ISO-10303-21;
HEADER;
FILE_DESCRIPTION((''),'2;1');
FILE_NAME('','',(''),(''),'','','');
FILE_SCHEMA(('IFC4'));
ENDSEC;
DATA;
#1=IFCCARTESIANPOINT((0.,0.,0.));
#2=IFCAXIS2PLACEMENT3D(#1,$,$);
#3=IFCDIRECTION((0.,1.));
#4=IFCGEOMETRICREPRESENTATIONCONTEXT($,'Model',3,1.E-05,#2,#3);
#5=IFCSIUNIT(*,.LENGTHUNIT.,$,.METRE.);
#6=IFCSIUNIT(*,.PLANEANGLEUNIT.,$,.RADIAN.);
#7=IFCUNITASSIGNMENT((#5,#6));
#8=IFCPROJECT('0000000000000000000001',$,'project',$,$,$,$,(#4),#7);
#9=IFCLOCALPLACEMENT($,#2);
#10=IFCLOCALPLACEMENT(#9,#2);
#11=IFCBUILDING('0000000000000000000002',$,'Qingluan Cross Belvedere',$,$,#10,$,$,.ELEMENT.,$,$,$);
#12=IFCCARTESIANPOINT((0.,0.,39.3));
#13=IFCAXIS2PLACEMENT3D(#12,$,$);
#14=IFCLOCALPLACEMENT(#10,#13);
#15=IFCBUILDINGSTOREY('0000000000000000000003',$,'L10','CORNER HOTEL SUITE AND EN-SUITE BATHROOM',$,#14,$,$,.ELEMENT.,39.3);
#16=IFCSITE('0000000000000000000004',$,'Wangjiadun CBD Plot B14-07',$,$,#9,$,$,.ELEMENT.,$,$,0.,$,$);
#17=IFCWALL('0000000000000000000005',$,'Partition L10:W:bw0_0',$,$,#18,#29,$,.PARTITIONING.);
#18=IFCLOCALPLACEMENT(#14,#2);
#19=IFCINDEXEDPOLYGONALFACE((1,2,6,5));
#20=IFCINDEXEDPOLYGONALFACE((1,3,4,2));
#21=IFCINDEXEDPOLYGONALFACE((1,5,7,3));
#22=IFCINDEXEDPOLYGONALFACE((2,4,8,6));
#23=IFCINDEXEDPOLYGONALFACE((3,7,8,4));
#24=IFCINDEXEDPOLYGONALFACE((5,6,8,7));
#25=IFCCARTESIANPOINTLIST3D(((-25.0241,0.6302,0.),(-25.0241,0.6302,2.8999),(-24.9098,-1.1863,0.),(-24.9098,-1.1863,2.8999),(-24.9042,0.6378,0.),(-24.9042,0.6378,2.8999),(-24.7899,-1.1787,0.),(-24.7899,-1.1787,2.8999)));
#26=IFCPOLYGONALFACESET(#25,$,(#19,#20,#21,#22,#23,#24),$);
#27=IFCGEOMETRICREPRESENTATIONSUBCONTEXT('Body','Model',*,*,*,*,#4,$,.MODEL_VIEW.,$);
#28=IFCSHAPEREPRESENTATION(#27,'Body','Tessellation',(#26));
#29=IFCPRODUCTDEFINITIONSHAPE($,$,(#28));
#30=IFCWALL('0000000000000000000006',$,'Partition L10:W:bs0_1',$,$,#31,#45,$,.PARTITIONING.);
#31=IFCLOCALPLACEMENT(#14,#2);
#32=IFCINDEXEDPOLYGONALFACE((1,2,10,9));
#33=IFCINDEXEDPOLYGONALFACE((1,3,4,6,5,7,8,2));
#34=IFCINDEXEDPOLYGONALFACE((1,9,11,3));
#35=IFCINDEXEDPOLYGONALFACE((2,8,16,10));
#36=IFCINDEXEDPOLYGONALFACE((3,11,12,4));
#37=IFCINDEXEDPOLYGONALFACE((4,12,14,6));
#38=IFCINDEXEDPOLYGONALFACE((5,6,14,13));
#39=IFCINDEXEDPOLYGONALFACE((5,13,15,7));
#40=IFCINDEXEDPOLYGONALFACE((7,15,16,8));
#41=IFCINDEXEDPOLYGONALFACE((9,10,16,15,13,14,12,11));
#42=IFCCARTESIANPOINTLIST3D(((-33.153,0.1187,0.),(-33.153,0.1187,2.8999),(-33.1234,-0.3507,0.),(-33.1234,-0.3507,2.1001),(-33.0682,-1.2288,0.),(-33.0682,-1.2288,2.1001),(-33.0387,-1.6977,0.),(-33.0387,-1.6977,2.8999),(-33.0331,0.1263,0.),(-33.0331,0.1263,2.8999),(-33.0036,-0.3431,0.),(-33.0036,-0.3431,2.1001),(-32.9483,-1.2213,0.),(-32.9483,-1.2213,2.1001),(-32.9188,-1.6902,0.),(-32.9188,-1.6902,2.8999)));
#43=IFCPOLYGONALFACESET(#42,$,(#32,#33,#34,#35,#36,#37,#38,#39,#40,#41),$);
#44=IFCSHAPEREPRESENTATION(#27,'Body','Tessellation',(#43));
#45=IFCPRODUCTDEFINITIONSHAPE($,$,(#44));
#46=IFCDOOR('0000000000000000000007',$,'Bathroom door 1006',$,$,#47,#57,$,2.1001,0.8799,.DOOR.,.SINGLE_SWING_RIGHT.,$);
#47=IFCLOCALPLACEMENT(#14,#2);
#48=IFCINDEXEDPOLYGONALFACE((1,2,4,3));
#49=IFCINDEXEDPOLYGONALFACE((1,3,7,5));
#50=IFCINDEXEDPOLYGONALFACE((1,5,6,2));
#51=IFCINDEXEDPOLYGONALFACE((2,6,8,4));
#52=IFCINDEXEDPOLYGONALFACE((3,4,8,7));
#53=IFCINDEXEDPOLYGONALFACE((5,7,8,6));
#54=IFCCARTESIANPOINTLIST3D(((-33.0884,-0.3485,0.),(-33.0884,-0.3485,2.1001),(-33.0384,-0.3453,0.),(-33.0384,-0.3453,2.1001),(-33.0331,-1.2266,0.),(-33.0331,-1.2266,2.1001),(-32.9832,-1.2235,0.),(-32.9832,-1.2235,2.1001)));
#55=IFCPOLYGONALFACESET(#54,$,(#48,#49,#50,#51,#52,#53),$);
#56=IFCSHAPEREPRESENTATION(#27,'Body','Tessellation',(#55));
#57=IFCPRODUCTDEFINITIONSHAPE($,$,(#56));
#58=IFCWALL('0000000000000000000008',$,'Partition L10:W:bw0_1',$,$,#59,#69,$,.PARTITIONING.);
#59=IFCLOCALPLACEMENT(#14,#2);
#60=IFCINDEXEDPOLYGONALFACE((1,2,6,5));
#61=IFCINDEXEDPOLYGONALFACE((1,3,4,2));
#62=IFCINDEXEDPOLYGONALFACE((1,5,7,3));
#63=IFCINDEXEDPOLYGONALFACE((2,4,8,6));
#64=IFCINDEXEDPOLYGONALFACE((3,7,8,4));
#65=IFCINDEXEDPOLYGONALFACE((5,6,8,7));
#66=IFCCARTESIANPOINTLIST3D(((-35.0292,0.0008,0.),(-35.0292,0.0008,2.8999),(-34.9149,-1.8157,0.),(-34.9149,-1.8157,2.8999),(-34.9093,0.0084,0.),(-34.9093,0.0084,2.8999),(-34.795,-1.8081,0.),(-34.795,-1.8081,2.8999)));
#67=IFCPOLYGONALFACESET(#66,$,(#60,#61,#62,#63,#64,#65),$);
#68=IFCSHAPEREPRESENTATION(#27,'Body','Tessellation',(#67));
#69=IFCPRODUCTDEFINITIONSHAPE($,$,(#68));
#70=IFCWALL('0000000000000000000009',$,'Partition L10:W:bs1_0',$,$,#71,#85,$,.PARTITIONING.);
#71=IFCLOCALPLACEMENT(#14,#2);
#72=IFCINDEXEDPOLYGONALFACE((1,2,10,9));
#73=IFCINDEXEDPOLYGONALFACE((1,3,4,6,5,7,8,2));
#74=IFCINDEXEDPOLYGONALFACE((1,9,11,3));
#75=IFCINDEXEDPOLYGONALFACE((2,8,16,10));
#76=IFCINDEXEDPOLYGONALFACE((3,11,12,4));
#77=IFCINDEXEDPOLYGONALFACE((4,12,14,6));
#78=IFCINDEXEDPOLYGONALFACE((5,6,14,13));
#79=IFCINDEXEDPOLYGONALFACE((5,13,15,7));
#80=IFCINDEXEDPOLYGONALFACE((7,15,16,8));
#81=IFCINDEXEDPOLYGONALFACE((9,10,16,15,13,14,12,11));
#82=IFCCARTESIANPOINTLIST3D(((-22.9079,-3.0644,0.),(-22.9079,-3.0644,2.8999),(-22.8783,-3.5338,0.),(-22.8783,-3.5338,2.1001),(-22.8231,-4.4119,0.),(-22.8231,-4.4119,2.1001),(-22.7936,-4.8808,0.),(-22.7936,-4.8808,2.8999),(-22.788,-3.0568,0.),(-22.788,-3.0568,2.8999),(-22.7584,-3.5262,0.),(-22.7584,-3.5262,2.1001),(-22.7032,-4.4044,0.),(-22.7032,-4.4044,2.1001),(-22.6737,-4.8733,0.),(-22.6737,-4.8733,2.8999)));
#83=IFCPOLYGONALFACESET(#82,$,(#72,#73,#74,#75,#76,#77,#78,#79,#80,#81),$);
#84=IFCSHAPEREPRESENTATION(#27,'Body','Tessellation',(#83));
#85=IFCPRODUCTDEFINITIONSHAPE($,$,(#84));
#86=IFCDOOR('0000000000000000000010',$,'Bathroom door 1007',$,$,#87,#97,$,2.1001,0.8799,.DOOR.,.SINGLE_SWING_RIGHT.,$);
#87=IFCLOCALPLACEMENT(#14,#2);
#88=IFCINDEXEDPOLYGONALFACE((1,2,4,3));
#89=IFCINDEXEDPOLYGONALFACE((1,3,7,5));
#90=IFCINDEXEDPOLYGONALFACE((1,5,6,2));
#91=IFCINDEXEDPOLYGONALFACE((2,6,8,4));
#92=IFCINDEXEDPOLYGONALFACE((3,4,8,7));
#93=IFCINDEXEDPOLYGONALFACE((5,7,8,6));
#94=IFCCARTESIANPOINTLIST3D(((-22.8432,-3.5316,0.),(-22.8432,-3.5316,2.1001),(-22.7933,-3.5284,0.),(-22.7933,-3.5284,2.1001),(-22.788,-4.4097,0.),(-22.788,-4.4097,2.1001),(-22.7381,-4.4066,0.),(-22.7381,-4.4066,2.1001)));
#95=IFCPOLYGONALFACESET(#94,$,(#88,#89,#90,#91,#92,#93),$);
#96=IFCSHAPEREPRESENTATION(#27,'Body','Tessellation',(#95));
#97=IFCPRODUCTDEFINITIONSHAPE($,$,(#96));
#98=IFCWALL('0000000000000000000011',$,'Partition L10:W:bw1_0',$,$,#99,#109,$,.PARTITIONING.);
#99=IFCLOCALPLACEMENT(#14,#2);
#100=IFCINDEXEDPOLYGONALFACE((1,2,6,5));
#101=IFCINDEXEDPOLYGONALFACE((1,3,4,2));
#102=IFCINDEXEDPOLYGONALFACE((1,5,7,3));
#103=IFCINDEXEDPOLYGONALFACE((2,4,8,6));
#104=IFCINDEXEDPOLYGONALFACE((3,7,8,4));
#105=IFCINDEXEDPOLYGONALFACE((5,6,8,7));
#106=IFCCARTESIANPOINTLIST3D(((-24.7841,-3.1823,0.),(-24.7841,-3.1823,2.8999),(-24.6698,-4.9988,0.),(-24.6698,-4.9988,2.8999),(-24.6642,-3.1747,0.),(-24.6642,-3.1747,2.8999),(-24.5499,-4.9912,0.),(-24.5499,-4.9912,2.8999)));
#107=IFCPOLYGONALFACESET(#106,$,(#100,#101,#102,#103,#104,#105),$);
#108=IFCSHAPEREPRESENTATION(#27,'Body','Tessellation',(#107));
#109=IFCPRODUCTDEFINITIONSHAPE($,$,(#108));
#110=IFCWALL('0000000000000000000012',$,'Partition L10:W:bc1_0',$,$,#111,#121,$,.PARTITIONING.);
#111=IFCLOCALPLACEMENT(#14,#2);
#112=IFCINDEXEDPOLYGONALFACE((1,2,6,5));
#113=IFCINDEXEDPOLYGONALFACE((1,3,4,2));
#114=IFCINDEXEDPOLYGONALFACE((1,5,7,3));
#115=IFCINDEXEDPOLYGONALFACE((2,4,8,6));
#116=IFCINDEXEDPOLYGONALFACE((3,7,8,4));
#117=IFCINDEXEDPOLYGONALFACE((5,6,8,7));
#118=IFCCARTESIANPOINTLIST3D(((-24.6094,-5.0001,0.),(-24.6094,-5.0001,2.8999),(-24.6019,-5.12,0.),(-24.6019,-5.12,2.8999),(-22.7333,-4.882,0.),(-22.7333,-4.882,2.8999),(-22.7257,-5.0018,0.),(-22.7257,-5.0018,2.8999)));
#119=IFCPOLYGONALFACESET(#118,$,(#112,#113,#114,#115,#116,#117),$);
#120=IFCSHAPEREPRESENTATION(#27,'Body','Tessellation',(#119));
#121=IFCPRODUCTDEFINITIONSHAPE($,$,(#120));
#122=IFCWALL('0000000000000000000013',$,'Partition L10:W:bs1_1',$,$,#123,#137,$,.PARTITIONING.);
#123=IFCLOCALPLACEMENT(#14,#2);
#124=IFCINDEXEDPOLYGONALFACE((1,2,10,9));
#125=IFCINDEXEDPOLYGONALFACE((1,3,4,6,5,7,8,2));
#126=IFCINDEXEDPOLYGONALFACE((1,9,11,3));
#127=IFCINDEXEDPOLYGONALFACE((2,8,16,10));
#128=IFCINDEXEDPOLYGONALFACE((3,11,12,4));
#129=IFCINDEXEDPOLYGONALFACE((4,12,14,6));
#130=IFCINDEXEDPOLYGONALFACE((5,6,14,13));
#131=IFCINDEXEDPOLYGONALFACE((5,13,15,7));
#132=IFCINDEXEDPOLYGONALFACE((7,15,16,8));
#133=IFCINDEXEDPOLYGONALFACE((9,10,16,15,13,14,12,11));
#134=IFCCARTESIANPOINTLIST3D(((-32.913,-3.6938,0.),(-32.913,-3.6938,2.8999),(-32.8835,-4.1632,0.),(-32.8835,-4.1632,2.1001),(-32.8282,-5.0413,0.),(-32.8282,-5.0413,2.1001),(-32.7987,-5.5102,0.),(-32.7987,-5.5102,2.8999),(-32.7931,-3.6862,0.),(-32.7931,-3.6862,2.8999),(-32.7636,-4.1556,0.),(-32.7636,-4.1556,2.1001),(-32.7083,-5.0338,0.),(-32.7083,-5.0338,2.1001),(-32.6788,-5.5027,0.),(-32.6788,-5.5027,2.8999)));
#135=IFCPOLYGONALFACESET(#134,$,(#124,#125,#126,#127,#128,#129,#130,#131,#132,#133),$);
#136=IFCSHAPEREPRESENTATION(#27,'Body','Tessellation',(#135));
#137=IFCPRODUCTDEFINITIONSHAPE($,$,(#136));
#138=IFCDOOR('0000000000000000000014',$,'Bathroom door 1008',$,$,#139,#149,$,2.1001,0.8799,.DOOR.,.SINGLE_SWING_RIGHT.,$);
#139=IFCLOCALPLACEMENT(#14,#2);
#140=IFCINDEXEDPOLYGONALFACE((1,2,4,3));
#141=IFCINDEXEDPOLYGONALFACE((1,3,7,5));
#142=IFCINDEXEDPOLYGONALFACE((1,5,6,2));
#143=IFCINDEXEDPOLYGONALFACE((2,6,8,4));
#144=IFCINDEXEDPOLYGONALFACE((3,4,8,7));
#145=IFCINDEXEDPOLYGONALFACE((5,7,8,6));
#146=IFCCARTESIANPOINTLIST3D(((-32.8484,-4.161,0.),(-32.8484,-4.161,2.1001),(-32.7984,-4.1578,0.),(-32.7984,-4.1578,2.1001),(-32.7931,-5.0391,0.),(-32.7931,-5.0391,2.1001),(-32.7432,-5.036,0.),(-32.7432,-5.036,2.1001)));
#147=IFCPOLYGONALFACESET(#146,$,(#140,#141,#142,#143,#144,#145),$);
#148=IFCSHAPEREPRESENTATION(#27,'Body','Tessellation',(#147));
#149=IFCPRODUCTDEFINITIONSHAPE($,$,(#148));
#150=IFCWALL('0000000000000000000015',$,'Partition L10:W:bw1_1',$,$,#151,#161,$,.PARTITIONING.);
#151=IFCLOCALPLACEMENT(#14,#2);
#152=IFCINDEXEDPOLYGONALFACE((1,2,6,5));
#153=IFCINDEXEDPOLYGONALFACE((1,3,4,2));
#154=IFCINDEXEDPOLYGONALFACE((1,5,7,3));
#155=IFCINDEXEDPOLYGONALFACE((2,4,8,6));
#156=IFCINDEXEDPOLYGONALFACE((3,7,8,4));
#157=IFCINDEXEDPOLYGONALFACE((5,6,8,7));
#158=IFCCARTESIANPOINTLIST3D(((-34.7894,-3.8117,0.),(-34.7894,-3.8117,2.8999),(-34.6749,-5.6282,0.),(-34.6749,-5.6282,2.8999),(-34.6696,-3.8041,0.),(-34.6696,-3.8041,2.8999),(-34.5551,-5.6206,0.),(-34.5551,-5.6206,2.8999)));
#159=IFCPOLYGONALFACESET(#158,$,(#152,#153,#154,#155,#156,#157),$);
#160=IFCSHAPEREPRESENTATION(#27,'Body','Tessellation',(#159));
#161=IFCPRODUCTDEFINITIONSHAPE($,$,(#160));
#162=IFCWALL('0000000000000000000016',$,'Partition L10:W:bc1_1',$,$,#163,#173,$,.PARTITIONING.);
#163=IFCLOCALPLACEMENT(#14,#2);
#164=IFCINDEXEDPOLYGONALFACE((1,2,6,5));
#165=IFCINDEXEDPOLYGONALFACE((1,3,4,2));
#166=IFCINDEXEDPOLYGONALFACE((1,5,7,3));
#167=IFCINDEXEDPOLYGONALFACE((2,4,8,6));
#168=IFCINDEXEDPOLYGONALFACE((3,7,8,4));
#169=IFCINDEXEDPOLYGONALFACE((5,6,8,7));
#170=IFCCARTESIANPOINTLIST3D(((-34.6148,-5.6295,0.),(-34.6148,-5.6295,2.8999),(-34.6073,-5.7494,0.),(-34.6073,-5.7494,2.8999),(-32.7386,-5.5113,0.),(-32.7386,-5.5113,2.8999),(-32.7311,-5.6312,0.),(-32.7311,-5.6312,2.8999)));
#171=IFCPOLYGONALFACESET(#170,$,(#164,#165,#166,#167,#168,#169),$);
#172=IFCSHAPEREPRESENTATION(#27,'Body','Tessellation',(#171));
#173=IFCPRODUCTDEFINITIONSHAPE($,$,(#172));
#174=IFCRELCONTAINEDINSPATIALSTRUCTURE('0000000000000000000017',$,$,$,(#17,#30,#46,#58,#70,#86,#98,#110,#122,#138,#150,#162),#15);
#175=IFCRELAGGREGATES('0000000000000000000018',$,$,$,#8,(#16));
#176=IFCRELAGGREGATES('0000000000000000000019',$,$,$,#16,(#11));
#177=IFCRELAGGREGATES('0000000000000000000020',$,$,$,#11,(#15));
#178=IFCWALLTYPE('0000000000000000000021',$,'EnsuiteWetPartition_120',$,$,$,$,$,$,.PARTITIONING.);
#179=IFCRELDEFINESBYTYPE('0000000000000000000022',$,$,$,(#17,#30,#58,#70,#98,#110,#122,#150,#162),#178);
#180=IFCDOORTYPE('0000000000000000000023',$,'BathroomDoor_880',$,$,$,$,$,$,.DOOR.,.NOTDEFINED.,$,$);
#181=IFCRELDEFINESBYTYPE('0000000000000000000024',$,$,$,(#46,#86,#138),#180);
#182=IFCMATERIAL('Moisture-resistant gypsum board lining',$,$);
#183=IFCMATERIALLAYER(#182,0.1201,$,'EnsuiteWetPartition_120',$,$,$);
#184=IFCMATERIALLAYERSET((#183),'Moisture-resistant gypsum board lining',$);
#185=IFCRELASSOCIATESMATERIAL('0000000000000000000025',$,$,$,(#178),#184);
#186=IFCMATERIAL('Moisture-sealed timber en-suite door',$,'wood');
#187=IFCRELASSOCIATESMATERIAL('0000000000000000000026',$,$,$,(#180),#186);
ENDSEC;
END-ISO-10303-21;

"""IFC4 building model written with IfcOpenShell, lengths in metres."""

from ifc_helpers import new_model, si_unit, direction, frame, frame_2d, origin, place, context, subcontext, project, spatial, rectangle, extrude, material, layer, layer_set, type_object, element, fill, save


model = new_model("IFC4")

# Units and contexts
model_context = context("Model", 3, precision=1e-05, world=origin(), true_north=direction((0.0, 1.0)))
body_context = subcontext(model_context, "Body", "Model", "MODEL_VIEW")
ifc_project = project(units=[si_unit("LENGTHUNIT", "METRE"), si_unit("PLANEANGLEUNIT", "RADIAN")], contexts=[model_context])

# Site, building, storey
site_placement = place(None, origin())
site = spatial("IfcSite", under=ifc_project, at=site_placement, Name="Wangjiadun CBD Plot B14-07", CompositionType="ELEMENT", RefElevation=0.0)
building_placement = place(site_placement, origin())
building = spatial("IfcBuilding", under=site, at=building_placement, Name="Qingluan Cross Belvedere", CompositionType="ELEMENT")
storey_placement = place(building_placement, frame((0.0, 0.0, 39.3)))
storey = spatial("IfcBuildingStorey", under=building, at=storey_placement, Name="L10", Description="CORNER HOTEL SUITE AND EN-SUITE BATHROOM", CompositionType="ELEMENT", Elevation=39.3)

# Shared definitions
ifc_material_1 = material(Name="Moisture-resistant gypsum board lining")
ifc_layer_1 = layer(ifc_material_1, 0.1201, Name="EnsuiteWetPartition_120")
ifc_layer_set_1 = layer_set([ifc_layer_1], Name="Moisture-resistant gypsum board lining")
wall_type_1 = type_object("IfcWallType", Name="EnsuiteWetPartition_120", PredefinedType="PARTITIONING", material=ifc_layer_set_1)
ifc_material_2 = material(Name="Moisture-sealed timber en-suite door", Category="wood")
door_type_1 = type_object("IfcDoorType", Name="BathroomDoor_880", OperationType="NOTDEFINED", PredefinedType="DOOR", material=ifc_material_2)

# Wall
wall_1_placement = place(storey_placement, frame((-24.8499, -1.1826, 0.0), z_axis=(0.0, 0.0, 1.0), x_axis=(-0.062779, 0.998027, 0.0)))
element("IfcWall", 1, at=wall_1_placement, inside=storey, type_object=wall_type_1, Name="Partition L10:W:bw0_0", PredefinedType="PARTITIONING", context=body_context, shape_type="SweptSolid", body=[
    extrude(rectangle(XDim=1.8201, YDim=0.1201, at=frame_2d((0.9102, 0.0))), origin(), (0.0, 0.0, 1.0), 2.8999),
])

# Wall, opening, door
wall_2_placement = place(storey_placement, frame((-32.9788, -1.6941, 0.0), z_axis=(0.0, 0.0, 1.0), x_axis=(-0.062779, 0.998027, 0.0)))
wall_2 = element("IfcWall", 2, at=wall_2_placement, inside=storey, type_object=wall_type_1, Name="Partition L10:W:bs0_1", PredefinedType="PARTITIONING", context=body_context, shape_type="SweptSolid", body=[
    extrude(rectangle(XDim=1.8201, YDim=0.1201, at=frame_2d((0.9102, 0.0))), origin(), (0.0, 0.0, 1.0), 2.8999),
])
opening_1_placement = place(wall_2_placement, frame((0.47, 0.0, 0.0)))
opening_1 = element("IfcOpeningElement", 3, at=opening_1_placement, cuts=wall_2, PredefinedType="OPENING", context=body_context, shape_type="SweptSolid", body=[
    extrude(rectangle(XDim=0.8799, YDim=2.1001, at=frame_2d((0.4399, 1.05))), frame((0.0, 0.0701, 0.0), z_axis=(0.0, -1.0, 0.0), x_axis=(1.0, 0.0, 0.0)), (0.0, 0.0, 1.0), 0.1401),
])
door_1_placement = place(opening_1_placement, origin())
door_1 = element("IfcDoor", 4, at=door_1_placement, inside=storey, type_object=door_type_1, Name="Bathroom door 1006", OperationType="SINGLE_SWING_RIGHT", OverallHeight=2.1001, OverallWidth=0.8799, PredefinedType="DOOR", context=body_context, shape_type="SweptSolid", body=[
    extrude(rectangle(XDim=0.8799, YDim=2.1001, at=frame_2d((0.4399, 1.05))), frame((0.0, 0.0249, 0.0), z_axis=(0.0, -1.0, 0.0), x_axis=(1.0, 0.0, 0.0)), (0.0, 0.0, 1.0), 0.05),
])
fill(opening_1, door_1)

# Wall
wall_3_placement = place(storey_placement, frame((-34.855, -1.812, 0.0), z_axis=(0.0, 0.0, 1.0), x_axis=(-0.062779, 0.998027, 0.0)))
element("IfcWall", 5, at=wall_3_placement, inside=storey, type_object=wall_type_1, Name="Partition L10:W:bw0_1", PredefinedType="PARTITIONING", context=body_context, shape_type="SweptSolid", body=[
    extrude(rectangle(XDim=1.8201, YDim=0.1201, at=frame_2d((0.9102, 0.0))), origin(), (0.0, 0.0, 1.0), 2.8999),
])

# Wall, opening, door
wall_4_placement = place(storey_placement, frame((-22.7336, -4.8772, 0.0), z_axis=(0.0, 0.0, 1.0), x_axis=(-0.062779, 0.998027, 0.0)))
wall_4 = element("IfcWall", 6, at=wall_4_placement, inside=storey, type_object=wall_type_1, Name="Partition L10:W:bs1_0", PredefinedType="PARTITIONING", context=body_context, shape_type="SweptSolid", body=[
    extrude(rectangle(XDim=1.8201, YDim=0.1201, at=frame_2d((0.9102, 0.0))), origin(), (0.0, 0.0, 1.0), 2.8999),
])
opening_2_placement = place(wall_4_placement, frame((0.47, 0.0, 0.0)))
opening_2 = element("IfcOpeningElement", 7, at=opening_2_placement, cuts=wall_4, PredefinedType="OPENING", context=body_context, shape_type="SweptSolid", body=[
    extrude(rectangle(XDim=0.8799, YDim=2.1001, at=frame_2d((0.4399, 1.05))), frame((0.0, 0.0701, 0.0), z_axis=(0.0, -1.0, 0.0), x_axis=(1.0, 0.0, 0.0)), (0.0, 0.0, 1.0), 0.1401),
])
door_2_placement = place(opening_2_placement, origin())
door_2 = element("IfcDoor", 8, at=door_2_placement, inside=storey, type_object=door_type_1, Name="Bathroom door 1007", OperationType="SINGLE_SWING_RIGHT", OverallHeight=2.1001, OverallWidth=0.8799, PredefinedType="DOOR", context=body_context, shape_type="SweptSolid", body=[
    extrude(rectangle(XDim=0.8799, YDim=2.1001, at=frame_2d((0.4399, 1.05))), frame((0.0, 0.0249, 0.0), z_axis=(0.0, -1.0, 0.0), x_axis=(1.0, 0.0, 0.0)), (0.0, 0.0, 1.0), 0.05),
])
fill(opening_2, door_2)

# Walls
wall_5_placement = place(storey_placement, frame((-24.6099, -4.9951, 0.0), z_axis=(0.0, 0.0, 1.0), x_axis=(-0.062779, 0.998027, 0.0)))
element("IfcWall", 9, at=wall_5_placement, inside=storey, type_object=wall_type_1, Name="Partition L10:W:bw1_0", PredefinedType="PARTITIONING", context=body_context, shape_type="SweptSolid", body=[
    extrude(rectangle(XDim=1.8201, YDim=0.1201, at=frame_2d((0.9102, 0.0))), origin(), (0.0, 0.0, 1.0), 2.8999),
])
wall_6_placement = place(storey_placement, frame((-22.7295, -4.9419, 0.0), z_axis=(0.0, 0.0, 1.0), x_axis=(-0.998023, -0.062855, 0.0)))
element("IfcWall", 10, at=wall_6_placement, inside=storey, type_object=wall_type_1, Name="Partition L10:W:bc1_0", PredefinedType="PARTITIONING", context=body_context, shape_type="SweptSolid", body=[
    extrude(rectangle(XDim=1.8799, YDim=0.1201, at=frame_2d((0.9399, 0.0))), origin(), (0.0, 0.0, 1.0), 2.8999),
])

# Wall, opening, door
wall_7_placement = place(storey_placement, frame((-32.7388, -5.5066, 0.0), z_axis=(0.0, 0.0, 1.0), x_axis=(-0.062779, 0.998027, 0.0)))
wall_7 = element("IfcWall", 11, at=wall_7_placement, inside=storey, type_object=wall_type_1, Name="Partition L10:W:bs1_1", PredefinedType="PARTITIONING", context=body_context, shape_type="SweptSolid", body=[
    extrude(rectangle(XDim=1.8201, YDim=0.1201, at=frame_2d((0.9102, 0.0))), origin(), (0.0, 0.0, 1.0), 2.8999),
])
opening_3_placement = place(wall_7_placement, frame((0.47, 0.0, 0.0)))
opening_3 = element("IfcOpeningElement", 12, at=opening_3_placement, cuts=wall_7, PredefinedType="OPENING", context=body_context, shape_type="SweptSolid", body=[
    extrude(rectangle(XDim=0.8799, YDim=2.1001, at=frame_2d((0.4399, 1.05))), frame((0.0, 0.0701, 0.0), z_axis=(0.0, -1.0, 0.0), x_axis=(1.0, 0.0, 0.0)), (0.0, 0.0, 1.0), 0.1401),
])
door_3_placement = place(opening_3_placement, origin())
door_3 = element("IfcDoor", 13, at=door_3_placement, inside=storey, type_object=door_type_1, Name="Bathroom door 1008", OperationType="SINGLE_SWING_RIGHT", OverallHeight=2.1001, OverallWidth=0.8799, PredefinedType="DOOR", context=body_context, shape_type="SweptSolid", body=[
    extrude(rectangle(XDim=0.8799, YDim=2.1001, at=frame_2d((0.4399, 1.05))), frame((0.0, 0.0249, 0.0), z_axis=(0.0, -1.0, 0.0), x_axis=(1.0, 0.0, 0.0)), (0.0, 0.0, 1.0), 0.05),
])
fill(opening_3, door_3)

# Walls
wall_8_placement = place(storey_placement, frame((-34.615, -5.6245, 0.0), z_axis=(0.0, 0.0, 1.0), x_axis=(-0.062913, 0.998019, 0.0)))
element("IfcWall", 14, at=wall_8_placement, inside=storey, type_object=wall_type_1, Name="Partition L10:W:bw1_1", PredefinedType="PARTITIONING", context=body_context, shape_type="SweptSolid", body=[
    extrude(rectangle(XDim=1.8201, YDim=0.1201, at=frame_2d((0.9102, 0.0))), origin(), (0.0, 0.0, 1.0), 2.8999),
])
wall_9_placement = place(storey_placement, frame((-32.7349, -5.5713, 0.0), z_axis=(0.0, 0.0, 1.0), x_axis=(-0.998023, -0.062855, 0.0)))
element("IfcWall", 15, at=wall_9_placement, inside=storey, type_object=wall_type_1, Name="Partition L10:W:bc1_1", PredefinedType="PARTITIONING", context=body_context, shape_type="SweptSolid", body=[
    extrude(rectangle(XDim=1.8799, YDim=0.1201, at=frame_2d((0.9399, 0.0))), origin(), (0.0, 0.0, 1.0), 2.8999),
])

save(model, "model.ifc")
